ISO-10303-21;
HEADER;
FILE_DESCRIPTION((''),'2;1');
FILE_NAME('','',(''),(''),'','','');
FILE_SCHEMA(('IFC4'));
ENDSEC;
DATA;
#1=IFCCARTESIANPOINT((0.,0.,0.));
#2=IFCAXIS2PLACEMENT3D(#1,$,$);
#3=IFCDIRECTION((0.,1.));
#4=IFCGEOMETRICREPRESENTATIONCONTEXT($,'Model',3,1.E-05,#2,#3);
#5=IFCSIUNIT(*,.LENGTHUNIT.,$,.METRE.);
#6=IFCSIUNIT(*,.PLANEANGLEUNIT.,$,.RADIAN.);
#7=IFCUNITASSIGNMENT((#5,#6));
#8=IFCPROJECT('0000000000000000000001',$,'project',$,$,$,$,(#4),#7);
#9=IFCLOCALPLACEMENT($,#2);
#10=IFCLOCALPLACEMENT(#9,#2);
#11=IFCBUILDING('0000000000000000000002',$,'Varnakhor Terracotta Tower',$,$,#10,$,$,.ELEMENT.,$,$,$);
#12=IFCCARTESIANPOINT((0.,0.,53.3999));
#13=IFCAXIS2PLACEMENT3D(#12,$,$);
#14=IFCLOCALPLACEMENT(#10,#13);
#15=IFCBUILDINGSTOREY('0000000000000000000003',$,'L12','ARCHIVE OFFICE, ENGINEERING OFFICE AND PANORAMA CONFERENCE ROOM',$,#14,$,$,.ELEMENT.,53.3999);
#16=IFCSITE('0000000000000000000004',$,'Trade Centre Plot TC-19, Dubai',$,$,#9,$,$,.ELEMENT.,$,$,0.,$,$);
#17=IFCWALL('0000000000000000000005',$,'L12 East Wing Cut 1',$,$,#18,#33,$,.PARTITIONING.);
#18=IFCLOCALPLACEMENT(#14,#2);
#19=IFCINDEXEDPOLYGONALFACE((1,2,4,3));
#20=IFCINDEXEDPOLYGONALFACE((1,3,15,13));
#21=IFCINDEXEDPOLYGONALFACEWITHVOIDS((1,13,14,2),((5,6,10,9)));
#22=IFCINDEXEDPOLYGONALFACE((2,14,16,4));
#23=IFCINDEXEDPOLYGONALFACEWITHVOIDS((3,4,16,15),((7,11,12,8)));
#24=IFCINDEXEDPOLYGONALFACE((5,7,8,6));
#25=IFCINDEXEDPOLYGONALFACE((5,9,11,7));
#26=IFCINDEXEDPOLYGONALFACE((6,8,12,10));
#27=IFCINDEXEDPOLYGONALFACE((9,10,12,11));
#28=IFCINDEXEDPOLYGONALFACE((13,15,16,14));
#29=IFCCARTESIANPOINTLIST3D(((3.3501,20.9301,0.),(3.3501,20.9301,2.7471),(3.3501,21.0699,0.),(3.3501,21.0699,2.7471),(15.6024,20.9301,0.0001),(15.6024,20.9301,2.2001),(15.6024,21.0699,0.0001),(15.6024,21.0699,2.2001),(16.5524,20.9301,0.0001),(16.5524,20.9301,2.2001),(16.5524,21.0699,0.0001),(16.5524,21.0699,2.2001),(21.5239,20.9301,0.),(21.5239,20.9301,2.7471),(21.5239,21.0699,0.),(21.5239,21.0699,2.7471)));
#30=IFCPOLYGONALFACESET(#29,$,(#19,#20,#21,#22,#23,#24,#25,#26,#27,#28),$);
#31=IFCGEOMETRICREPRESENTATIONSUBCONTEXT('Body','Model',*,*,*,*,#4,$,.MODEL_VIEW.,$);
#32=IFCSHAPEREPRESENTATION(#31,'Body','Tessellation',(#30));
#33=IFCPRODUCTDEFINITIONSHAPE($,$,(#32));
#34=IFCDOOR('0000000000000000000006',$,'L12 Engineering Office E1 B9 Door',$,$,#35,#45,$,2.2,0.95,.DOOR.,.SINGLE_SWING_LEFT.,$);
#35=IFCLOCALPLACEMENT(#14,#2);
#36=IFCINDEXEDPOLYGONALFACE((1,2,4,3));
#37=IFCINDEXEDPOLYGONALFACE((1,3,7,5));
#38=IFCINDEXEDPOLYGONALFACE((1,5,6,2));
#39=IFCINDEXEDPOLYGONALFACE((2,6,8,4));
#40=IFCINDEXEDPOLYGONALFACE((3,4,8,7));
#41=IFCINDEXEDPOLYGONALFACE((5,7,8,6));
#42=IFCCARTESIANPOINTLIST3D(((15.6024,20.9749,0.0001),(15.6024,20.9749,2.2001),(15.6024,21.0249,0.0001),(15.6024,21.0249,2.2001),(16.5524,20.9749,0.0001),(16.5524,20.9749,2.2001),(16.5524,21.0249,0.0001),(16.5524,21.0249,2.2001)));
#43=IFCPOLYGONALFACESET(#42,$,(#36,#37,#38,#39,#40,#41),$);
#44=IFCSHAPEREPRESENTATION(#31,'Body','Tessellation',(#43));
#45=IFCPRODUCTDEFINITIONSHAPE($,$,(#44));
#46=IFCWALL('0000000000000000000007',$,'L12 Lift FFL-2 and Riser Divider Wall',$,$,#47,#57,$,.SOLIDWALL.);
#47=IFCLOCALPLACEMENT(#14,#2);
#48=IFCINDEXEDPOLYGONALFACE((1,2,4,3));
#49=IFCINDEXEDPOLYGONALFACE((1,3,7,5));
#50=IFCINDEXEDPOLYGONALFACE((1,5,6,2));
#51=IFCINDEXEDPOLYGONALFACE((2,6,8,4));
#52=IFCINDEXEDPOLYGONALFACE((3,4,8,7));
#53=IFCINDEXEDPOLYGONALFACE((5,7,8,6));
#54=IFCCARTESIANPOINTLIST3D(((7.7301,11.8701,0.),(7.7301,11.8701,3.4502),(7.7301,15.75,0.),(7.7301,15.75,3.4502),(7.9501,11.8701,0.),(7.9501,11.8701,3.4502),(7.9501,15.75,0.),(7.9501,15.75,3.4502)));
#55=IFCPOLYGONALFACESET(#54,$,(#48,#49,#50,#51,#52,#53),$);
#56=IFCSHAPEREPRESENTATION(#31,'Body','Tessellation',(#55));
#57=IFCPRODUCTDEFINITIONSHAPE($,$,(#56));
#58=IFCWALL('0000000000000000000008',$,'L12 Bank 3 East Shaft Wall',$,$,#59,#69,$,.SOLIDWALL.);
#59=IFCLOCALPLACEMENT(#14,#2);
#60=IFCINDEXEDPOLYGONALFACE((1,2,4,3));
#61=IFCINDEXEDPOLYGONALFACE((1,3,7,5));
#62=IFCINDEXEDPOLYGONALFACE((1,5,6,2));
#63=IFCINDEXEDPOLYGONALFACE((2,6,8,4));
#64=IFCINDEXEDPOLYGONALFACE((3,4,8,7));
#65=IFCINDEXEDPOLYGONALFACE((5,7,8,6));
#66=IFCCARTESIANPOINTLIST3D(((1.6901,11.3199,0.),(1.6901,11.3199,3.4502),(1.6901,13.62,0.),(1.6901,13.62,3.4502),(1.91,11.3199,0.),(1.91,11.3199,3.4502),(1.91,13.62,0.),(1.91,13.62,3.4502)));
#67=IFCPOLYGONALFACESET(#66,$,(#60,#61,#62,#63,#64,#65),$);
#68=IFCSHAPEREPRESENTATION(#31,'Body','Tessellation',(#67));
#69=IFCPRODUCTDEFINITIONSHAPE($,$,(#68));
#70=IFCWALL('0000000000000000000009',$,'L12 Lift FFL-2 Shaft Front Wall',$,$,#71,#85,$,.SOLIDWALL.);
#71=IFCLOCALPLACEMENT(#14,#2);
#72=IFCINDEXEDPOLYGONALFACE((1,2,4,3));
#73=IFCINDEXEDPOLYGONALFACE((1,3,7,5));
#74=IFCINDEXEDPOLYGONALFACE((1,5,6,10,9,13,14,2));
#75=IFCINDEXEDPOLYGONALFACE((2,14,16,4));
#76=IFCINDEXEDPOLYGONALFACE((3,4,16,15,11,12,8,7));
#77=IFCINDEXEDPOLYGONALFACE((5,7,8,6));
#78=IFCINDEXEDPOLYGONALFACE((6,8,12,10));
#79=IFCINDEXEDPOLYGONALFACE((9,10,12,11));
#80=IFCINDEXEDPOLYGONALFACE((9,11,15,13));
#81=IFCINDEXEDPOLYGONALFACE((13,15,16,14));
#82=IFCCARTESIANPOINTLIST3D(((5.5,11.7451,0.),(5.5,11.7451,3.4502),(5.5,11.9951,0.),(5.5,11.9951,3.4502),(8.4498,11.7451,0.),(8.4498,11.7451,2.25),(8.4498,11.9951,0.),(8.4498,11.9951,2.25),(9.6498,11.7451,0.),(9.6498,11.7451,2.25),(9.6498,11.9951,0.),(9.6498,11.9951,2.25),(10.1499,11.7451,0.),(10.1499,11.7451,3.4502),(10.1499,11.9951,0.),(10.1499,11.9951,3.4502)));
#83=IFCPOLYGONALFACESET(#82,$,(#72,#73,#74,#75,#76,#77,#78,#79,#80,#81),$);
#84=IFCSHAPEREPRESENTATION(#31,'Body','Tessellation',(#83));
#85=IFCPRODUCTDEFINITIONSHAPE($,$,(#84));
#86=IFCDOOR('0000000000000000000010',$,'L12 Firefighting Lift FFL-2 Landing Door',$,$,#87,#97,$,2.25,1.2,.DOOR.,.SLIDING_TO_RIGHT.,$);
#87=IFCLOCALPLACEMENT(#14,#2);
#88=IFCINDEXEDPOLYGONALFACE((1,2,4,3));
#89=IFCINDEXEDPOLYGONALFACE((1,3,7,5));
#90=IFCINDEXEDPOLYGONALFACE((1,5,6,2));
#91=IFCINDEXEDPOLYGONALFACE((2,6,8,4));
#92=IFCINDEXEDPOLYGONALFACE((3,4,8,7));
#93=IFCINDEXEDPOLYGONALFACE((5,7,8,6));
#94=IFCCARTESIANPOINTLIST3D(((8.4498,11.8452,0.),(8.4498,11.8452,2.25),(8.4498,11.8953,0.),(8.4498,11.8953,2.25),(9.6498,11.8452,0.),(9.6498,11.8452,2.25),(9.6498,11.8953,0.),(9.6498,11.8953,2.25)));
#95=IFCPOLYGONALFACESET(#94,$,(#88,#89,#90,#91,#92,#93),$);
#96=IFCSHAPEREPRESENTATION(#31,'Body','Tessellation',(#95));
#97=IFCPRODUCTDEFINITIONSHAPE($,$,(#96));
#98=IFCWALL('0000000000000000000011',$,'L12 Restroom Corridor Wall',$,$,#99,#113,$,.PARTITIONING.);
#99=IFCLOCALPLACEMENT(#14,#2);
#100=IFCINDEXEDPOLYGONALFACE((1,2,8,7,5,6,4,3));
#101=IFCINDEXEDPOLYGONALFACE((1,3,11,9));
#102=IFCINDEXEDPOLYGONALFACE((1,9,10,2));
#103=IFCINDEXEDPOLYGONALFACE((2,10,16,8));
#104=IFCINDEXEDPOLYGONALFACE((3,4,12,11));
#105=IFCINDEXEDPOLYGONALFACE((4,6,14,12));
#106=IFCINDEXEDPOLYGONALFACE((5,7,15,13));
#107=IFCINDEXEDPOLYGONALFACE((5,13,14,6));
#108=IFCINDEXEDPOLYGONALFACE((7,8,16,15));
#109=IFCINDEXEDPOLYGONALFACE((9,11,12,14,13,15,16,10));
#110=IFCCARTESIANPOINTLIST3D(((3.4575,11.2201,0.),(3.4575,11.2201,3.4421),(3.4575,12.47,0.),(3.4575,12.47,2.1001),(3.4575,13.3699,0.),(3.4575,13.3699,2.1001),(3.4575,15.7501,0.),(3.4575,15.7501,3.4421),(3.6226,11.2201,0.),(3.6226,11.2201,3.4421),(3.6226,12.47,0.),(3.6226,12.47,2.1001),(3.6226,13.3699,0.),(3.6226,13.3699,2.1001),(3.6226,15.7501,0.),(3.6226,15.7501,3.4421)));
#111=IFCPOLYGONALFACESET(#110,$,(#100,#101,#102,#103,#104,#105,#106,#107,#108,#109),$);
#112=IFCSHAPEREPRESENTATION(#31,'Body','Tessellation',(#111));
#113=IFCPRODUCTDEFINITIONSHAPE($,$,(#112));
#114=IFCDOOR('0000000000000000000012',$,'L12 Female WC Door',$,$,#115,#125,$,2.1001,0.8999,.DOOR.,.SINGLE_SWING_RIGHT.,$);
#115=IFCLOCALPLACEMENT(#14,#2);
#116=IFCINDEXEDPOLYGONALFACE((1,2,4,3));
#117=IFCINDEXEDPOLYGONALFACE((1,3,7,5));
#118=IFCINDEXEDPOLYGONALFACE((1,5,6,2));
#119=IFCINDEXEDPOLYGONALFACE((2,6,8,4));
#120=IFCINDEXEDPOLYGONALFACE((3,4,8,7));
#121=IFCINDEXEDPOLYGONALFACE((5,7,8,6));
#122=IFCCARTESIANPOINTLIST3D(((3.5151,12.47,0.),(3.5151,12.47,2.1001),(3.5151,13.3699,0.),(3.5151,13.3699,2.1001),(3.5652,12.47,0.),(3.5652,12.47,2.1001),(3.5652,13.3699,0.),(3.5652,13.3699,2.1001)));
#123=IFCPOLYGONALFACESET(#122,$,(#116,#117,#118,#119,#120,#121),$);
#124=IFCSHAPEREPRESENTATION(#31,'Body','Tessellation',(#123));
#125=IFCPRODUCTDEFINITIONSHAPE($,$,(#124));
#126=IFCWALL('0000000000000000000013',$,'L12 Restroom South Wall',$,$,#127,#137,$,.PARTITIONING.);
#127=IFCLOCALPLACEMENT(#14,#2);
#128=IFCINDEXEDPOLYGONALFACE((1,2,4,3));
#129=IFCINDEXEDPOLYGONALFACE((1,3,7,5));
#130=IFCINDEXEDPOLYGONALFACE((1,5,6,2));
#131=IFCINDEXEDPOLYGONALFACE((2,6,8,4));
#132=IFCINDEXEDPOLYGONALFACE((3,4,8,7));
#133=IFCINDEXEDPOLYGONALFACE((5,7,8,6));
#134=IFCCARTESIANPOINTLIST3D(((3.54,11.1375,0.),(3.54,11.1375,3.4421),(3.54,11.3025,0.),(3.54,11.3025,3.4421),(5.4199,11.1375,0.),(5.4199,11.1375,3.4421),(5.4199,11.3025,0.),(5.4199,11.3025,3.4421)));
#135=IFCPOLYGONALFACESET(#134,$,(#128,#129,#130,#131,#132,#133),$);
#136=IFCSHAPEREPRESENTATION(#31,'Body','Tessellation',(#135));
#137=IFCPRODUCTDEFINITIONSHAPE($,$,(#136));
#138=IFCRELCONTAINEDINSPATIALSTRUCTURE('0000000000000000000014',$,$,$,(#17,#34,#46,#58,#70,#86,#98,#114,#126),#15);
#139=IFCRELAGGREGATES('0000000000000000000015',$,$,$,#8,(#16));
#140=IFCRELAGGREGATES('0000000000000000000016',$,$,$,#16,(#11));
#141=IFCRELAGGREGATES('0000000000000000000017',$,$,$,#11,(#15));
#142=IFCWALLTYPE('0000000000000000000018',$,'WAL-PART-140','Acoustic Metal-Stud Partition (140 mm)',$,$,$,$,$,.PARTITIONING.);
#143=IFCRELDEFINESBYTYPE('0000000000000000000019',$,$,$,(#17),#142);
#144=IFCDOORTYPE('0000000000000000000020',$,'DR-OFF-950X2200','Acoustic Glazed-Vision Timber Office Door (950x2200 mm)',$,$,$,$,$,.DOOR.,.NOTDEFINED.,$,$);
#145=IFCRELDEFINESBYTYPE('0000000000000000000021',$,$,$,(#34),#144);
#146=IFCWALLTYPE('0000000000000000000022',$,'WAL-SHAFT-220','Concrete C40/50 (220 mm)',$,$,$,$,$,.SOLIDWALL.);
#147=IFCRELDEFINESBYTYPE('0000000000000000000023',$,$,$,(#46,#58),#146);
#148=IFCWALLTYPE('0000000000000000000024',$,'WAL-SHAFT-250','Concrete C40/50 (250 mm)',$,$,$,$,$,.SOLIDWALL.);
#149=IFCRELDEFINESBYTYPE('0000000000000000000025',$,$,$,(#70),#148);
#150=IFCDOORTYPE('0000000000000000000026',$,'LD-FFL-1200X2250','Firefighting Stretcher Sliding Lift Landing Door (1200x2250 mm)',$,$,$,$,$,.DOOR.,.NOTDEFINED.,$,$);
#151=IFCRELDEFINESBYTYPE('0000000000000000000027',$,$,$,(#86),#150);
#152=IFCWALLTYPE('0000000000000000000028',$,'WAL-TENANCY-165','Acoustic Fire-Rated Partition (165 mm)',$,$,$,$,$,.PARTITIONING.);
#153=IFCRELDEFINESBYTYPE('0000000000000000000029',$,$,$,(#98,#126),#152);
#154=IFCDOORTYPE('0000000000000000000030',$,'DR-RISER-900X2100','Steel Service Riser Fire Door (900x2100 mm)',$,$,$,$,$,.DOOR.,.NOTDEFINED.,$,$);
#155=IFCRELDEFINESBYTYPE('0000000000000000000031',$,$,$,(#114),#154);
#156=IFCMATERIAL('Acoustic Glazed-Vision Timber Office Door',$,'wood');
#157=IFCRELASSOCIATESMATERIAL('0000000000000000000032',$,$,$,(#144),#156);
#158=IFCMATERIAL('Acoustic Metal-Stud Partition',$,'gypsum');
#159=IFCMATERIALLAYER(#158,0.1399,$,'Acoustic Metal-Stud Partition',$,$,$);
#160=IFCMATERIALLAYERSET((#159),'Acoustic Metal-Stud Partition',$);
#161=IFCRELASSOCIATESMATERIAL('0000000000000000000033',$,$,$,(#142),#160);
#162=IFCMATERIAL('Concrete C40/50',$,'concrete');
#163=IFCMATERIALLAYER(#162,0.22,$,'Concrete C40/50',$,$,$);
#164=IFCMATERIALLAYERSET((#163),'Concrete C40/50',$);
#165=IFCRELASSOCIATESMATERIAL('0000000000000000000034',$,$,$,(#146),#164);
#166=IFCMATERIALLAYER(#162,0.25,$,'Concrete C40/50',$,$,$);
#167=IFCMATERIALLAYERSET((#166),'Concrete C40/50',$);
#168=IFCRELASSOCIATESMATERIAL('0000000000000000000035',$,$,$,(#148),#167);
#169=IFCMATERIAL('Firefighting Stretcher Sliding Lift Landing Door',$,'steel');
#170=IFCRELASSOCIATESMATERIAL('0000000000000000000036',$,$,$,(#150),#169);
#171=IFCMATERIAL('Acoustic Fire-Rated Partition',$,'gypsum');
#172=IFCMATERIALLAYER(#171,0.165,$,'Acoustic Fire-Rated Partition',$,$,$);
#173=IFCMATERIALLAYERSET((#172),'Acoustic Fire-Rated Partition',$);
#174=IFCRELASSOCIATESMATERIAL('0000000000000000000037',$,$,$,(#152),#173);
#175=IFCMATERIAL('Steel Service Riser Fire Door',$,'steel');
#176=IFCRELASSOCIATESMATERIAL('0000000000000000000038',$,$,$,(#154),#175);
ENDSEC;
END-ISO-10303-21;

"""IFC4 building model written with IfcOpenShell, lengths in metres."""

from ifc_helpers import new_model, si_unit, direction, frame, frame_2d, origin, place, context, subcontext, project, spatial, rectangle, extrude, source, transform, mapped, material, layer, layer_set, type_object, type_shapes, element, fill, save


model = new_model("IFC4")

# Units and contexts
model_context = context("Model", 3, precision=1e-05, world=origin(), true_north=direction((0.0, 1.0)))
body_context = subcontext(model_context, "Body", "Model", "MODEL_VIEW")
ifc_project = project(units=[si_unit("LENGTHUNIT", "METRE"), si_unit("PLANEANGLEUNIT", "RADIAN")], contexts=[model_context])

# Site, building, storey
site_placement = place(None, origin())
site = spatial("IfcSite", under=ifc_project, at=site_placement, Name="Trade Centre Plot TC-19, Dubai", CompositionType="ELEMENT", RefElevation=0.0)
building_placement = place(site_placement, origin())
building = spatial("IfcBuilding", under=site, at=building_placement, Name="Varnakhor Terracotta Tower", CompositionType="ELEMENT")
storey_placement = place(building_placement, frame((0.0, 0.0, 53.3999)))
storey = spatial("IfcBuildingStorey", under=building, at=storey_placement, Name="L12", Description="ARCHIVE OFFICE, ENGINEERING OFFICE AND PANORAMA CONFERENCE ROOM", CompositionType="ELEMENT", Elevation=53.3999)

# Shared definitions
ifc_material_1 = material(Name="Acoustic Glazed-Vision Timber Office Door", Category="wood")
door_type_1 = type_object("IfcDoorType", Name="DR-OFF-950X2200", Description="Acoustic Glazed-Vision Timber Office Door (950x2200 mm)", OperationType="NOTDEFINED", PredefinedType="DOOR", material=ifc_material_1)
shared_shape_1 = source(origin(), body_context, "Body", "SweptSolid", [
    extrude(rectangle(XDim=0.95, YDim=2.2, at=frame_2d((0.4751, 1.1001))), frame((0.0, 0.0249, 0.0), z_axis=(0.0, -1.0, 0.0), x_axis=(1.0, 0.0, 0.0)), (0.0, 0.0, 1.0), 0.05),
])
type_shapes(door_type_1, [shared_shape_1])

# Wall, opening, door
ifc_material_2 = material(Name="Acoustic Metal-Stud Partition", Category="gypsum")
ifc_layer_1 = layer(ifc_material_2, 0.1399, Name="Acoustic Metal-Stud Partition")
ifc_layer_set_1 = layer_set([ifc_layer_1], Name="Acoustic Metal-Stud Partition")
wall_type_1 = type_object("IfcWallType", Name="WAL-PART-140", Description="Acoustic Metal-Stud Partition (140 mm)", PredefinedType="PARTITIONING", material=ifc_layer_set_1)
wall_1_placement = place(storey_placement, frame((3.3501, 21.0, 0.0), z_axis=(0.0, 0.0, 1.0), x_axis=(1.0, 0.0, 0.0)))
wall_1 = element("IfcWall", 1, at=wall_1_placement, inside=storey, type_object=wall_type_1, Name="L12 East Wing Cut 1", PredefinedType="PARTITIONING", context=body_context, shape_type="SweptSolid", body=[
    extrude(rectangle(XDim=18.1738, YDim=0.1399, at=frame_2d((9.0869, 0.0))), origin(), (0.0, 0.0, 1.0), 2.7471),
])
opening_1_placement = place(wall_1_placement, frame((12.2522, 0.0, 0.0)))
opening_1 = element("IfcOpeningElement", 2, at=opening_1_placement, cuts=wall_1, PredefinedType="OPENING", context=body_context, shape_type="SweptSolid", body=[
    extrude(rectangle(XDim=0.95, YDim=2.2, at=frame_2d((0.4751, 1.1001))), frame((0.0, 0.0801, 0.0), z_axis=(0.0, -1.0, 0.0), x_axis=(1.0, 0.0, 0.0)), (0.0, 0.0, 1.0), 0.1599),
])
door_1_placement = place(opening_1_placement, origin())
door_1 = element("IfcDoor", 3, at=door_1_placement, inside=storey, type_object=door_type_1, Name="L12 Engineering Office E1 B9 Door", OperationType="SINGLE_SWING_LEFT", OverallHeight=2.2, OverallWidth=0.95, PredefinedType="DOOR", context=body_context, shape_type="MappedRepresentation", body=[
    mapped(shared_shape_1, transform((0.0, 0.0, 0.0), scale=1.0)),
])
fill(opening_1, door_1)

# Walls
ifc_material_3 = material(Name="Concrete C40/50", Category="concrete")
ifc_layer_2 = layer(ifc_material_3, 0.22, Name="Concrete C40/50")
ifc_layer_set_2 = layer_set([ifc_layer_2], Name="Concrete C40/50")
wall_type_2 = type_object("IfcWallType", Name="WAL-SHAFT-220", Description="Concrete C40/50 (220 mm)", PredefinedType="SOLIDWALL", material=ifc_layer_set_2)
wall_2_placement = place(storey_placement, frame((7.8401, 11.8701, 0.0), z_axis=(0.0, 0.0, 1.0), x_axis=(0.0, 1.0, 0.0)))
element("IfcWall", 4, at=wall_2_placement, inside=storey, type_object=wall_type_2, Name="L12 Lift FFL-2 and Riser Divider Wall", PredefinedType="SOLIDWALL", context=body_context, shape_type="SweptSolid", body=[
    extrude(rectangle(XDim=3.8799, YDim=0.22, at=frame_2d((1.9399, 0.0))), origin(), (0.0, 0.0, 1.0), 3.4502),
])
wall_3_placement = place(storey_placement, frame((1.8, 11.3201, 0.0), z_axis=(0.0, 0.0, 1.0), x_axis=(0.0, 1.0, 0.0)))
element("IfcWall", 5, at=wall_3_placement, inside=storey, type_object=wall_type_2, Name="L12 Bank 3 East Shaft Wall", PredefinedType="SOLIDWALL", context=body_context, shape_type="SweptSolid", body=[
    extrude(rectangle(XDim=2.3, YDim=0.22, at=frame_2d((1.1499, 0.0))), origin(), (0.0, 0.0, 1.0), 3.4502),
])

# Walls, openings, doors
ifc_layer_3 = layer(ifc_material_3, 0.25, Name="Concrete C40/50")
ifc_layer_set_3 = layer_set([ifc_layer_3], Name="Concrete C40/50")
wall_type_3 = type_object("IfcWallType", Name="WAL-SHAFT-250", Description="Concrete C40/50 (250 mm)", PredefinedType="SOLIDWALL", material=ifc_layer_set_3)
wall_4_placement = place(storey_placement, frame((10.1499, 11.8701, 0.0), z_axis=(0.0, 0.0, 1.0), x_axis=(-1.0, 0.0, 0.0)))
wall_4 = element("IfcWall", 6, at=wall_4_placement, inside=storey, type_object=wall_type_3, Name="L12 Lift FFL-2 Shaft Front Wall", PredefinedType="SOLIDWALL", context=body_context, shape_type="SweptSolid", body=[
    extrude(rectangle(XDim=4.6499, YDim=0.25, at=frame_2d((2.325, 0.0))), origin(), (0.0, 0.0, 1.0), 3.4502),
])
opening_2_placement = place(wall_4_placement, frame((0.5, 0.0, 0.0)))
opening_2 = element("IfcOpeningElement", 7, at=opening_2_placement, cuts=wall_4, PredefinedType="OPENING", context=body_context, shape_type="SweptSolid", body=[
    extrude(rectangle(XDim=1.2, YDim=2.25, at=frame_2d((0.6001, 1.125))), frame((0.0, 0.135, 0.0), z_axis=(0.0, -1.0, 0.0), x_axis=(1.0, 0.0, 0.0)), (0.0, 0.0, 1.0), 0.27),
])
ifc_material_4 = material(Name="Firefighting Stretcher Sliding Lift Landing Door", Category="steel")
door_type_2 = type_object("IfcDoorType", Name="LD-FFL-1200X2250", Description="Firefighting Stretcher Sliding Lift Landing Door (1200x2250 mm)", OperationType="NOTDEFINED", PredefinedType="DOOR", material=ifc_material_4)
shared_shape_2 = source(origin(), body_context, "Body", "SweptSolid", [
    extrude(rectangle(XDim=1.2, YDim=2.25, at=frame_2d((0.6001, 1.125))), frame((0.0, 0.0249, 0.0), z_axis=(0.0, -1.0, 0.0), x_axis=(1.0, 0.0, 0.0)), (0.0, 0.0, 1.0), 0.05),
])
type_shapes(door_type_2, [shared_shape_2])
door_2_placement = place(opening_2_placement, origin())
door_2 = element("IfcDoor", 8, at=door_2_placement, inside=storey, type_object=door_type_2, Name="L12 Firefighting Lift FFL-2 Landing Door", OperationType="SLIDING_TO_RIGHT", OverallHeight=2.25, OverallWidth=1.2, PredefinedType="DOOR", context=body_context, shape_type="MappedRepresentation", body=[
    mapped(shared_shape_2, transform((0.0, 0.0, 0.0), scale=1.0)),
])
fill(opening_2, door_2)
ifc_material_5 = material(Name="Acoustic Fire-Rated Partition", Category="gypsum")
ifc_layer_4 = layer(ifc_material_5, 0.165, Name="Acoustic Fire-Rated Partition")
ifc_layer_set_4 = layer_set([ifc_layer_4], Name="Acoustic Fire-Rated Partition")
wall_type_4 = type_object("IfcWallType", Name="WAL-TENANCY-165", Description="Acoustic Fire-Rated Partition (165 mm)", PredefinedType="PARTITIONING", material=ifc_layer_set_4)
wall_5_placement = place(storey_placement, frame((3.54, 11.22, 0.0), z_axis=(0.0, 0.0, 1.0), x_axis=(0.0, 1.0, 0.0)))
wall_5 = element("IfcWall", 9, at=wall_5_placement, inside=storey, type_object=wall_type_4, Name="L12 Restroom Corridor Wall", PredefinedType="PARTITIONING", context=body_context, shape_type="SweptSolid", body=[
    extrude(rectangle(XDim=4.53, YDim=0.165, at=frame_2d((2.2651, 0.0))), origin(), (0.0, 0.0, 1.0), 3.4421),
])
opening_3_placement = place(wall_5_placement, frame((1.25, 0.0, 0.0)))
opening_3 = element("IfcOpeningElement", 10, at=opening_3_placement, cuts=wall_5, PredefinedType="OPENING", context=body_context, shape_type="SweptSolid", body=[
    extrude(rectangle(XDim=0.8999, YDim=2.1001, at=frame_2d((0.45, 1.05))), frame((0.0, 0.0925, 0.0), z_axis=(0.0, -1.0, 0.0), x_axis=(1.0, 0.0, 0.0)), (0.0, 0.0, 1.0), 0.1851),
])
ifc_material_6 = material(Name="Steel Service Riser Fire Door", Category="steel")
door_type_3 = type_object("IfcDoorType", Name="DR-RISER-900X2100", Description="Steel Service Riser Fire Door (900x2100 mm)", OperationType="NOTDEFINED", PredefinedType="DOOR", material=ifc_material_6)
shared_shape_3 = source(origin(), body_context, "Body", "SweptSolid", [
    extrude(rectangle(XDim=0.8999, YDim=2.1001, at=frame_2d((0.45, 1.05))), frame((0.0, 0.0249, 0.0), z_axis=(0.0, -1.0, 0.0), x_axis=(1.0, 0.0, 0.0)), (0.0, 0.0, 1.0), 0.05),
])
type_shapes(door_type_3, [shared_shape_3])
door_3_placement = place(opening_3_placement, origin())
door_3 = element("IfcDoor", 11, at=door_3_placement, inside=storey, type_object=door_type_3, Name="L12 Female WC Door", OperationType="SINGLE_SWING_RIGHT", OverallHeight=2.1001, OverallWidth=0.8999, PredefinedType="DOOR", context=body_context, shape_type="MappedRepresentation", body=[
    mapped(shared_shape_3, transform((0.0, 0.0, 0.0), scale=1.0)),
])
fill(opening_3, door_3)

# Wall
wall_6_placement = place(storey_placement, frame((3.54, 11.22, 0.0), z_axis=(0.0, 0.0, 1.0), x_axis=(1.0, 0.0, 0.0)))
element("IfcWall", 12, at=wall_6_placement, inside=storey, type_object=wall_type_4, Name="L12 Restroom South Wall", PredefinedType="PARTITIONING", context=body_context, shape_type="SweptSolid", body=[
    extrude(rectangle(XDim=1.8799, YDim=0.165, at=frame_2d((0.9399, 0.0))), origin(), (0.0, 0.0, 1.0), 3.4421),
])

save(model, "model.ifc")
